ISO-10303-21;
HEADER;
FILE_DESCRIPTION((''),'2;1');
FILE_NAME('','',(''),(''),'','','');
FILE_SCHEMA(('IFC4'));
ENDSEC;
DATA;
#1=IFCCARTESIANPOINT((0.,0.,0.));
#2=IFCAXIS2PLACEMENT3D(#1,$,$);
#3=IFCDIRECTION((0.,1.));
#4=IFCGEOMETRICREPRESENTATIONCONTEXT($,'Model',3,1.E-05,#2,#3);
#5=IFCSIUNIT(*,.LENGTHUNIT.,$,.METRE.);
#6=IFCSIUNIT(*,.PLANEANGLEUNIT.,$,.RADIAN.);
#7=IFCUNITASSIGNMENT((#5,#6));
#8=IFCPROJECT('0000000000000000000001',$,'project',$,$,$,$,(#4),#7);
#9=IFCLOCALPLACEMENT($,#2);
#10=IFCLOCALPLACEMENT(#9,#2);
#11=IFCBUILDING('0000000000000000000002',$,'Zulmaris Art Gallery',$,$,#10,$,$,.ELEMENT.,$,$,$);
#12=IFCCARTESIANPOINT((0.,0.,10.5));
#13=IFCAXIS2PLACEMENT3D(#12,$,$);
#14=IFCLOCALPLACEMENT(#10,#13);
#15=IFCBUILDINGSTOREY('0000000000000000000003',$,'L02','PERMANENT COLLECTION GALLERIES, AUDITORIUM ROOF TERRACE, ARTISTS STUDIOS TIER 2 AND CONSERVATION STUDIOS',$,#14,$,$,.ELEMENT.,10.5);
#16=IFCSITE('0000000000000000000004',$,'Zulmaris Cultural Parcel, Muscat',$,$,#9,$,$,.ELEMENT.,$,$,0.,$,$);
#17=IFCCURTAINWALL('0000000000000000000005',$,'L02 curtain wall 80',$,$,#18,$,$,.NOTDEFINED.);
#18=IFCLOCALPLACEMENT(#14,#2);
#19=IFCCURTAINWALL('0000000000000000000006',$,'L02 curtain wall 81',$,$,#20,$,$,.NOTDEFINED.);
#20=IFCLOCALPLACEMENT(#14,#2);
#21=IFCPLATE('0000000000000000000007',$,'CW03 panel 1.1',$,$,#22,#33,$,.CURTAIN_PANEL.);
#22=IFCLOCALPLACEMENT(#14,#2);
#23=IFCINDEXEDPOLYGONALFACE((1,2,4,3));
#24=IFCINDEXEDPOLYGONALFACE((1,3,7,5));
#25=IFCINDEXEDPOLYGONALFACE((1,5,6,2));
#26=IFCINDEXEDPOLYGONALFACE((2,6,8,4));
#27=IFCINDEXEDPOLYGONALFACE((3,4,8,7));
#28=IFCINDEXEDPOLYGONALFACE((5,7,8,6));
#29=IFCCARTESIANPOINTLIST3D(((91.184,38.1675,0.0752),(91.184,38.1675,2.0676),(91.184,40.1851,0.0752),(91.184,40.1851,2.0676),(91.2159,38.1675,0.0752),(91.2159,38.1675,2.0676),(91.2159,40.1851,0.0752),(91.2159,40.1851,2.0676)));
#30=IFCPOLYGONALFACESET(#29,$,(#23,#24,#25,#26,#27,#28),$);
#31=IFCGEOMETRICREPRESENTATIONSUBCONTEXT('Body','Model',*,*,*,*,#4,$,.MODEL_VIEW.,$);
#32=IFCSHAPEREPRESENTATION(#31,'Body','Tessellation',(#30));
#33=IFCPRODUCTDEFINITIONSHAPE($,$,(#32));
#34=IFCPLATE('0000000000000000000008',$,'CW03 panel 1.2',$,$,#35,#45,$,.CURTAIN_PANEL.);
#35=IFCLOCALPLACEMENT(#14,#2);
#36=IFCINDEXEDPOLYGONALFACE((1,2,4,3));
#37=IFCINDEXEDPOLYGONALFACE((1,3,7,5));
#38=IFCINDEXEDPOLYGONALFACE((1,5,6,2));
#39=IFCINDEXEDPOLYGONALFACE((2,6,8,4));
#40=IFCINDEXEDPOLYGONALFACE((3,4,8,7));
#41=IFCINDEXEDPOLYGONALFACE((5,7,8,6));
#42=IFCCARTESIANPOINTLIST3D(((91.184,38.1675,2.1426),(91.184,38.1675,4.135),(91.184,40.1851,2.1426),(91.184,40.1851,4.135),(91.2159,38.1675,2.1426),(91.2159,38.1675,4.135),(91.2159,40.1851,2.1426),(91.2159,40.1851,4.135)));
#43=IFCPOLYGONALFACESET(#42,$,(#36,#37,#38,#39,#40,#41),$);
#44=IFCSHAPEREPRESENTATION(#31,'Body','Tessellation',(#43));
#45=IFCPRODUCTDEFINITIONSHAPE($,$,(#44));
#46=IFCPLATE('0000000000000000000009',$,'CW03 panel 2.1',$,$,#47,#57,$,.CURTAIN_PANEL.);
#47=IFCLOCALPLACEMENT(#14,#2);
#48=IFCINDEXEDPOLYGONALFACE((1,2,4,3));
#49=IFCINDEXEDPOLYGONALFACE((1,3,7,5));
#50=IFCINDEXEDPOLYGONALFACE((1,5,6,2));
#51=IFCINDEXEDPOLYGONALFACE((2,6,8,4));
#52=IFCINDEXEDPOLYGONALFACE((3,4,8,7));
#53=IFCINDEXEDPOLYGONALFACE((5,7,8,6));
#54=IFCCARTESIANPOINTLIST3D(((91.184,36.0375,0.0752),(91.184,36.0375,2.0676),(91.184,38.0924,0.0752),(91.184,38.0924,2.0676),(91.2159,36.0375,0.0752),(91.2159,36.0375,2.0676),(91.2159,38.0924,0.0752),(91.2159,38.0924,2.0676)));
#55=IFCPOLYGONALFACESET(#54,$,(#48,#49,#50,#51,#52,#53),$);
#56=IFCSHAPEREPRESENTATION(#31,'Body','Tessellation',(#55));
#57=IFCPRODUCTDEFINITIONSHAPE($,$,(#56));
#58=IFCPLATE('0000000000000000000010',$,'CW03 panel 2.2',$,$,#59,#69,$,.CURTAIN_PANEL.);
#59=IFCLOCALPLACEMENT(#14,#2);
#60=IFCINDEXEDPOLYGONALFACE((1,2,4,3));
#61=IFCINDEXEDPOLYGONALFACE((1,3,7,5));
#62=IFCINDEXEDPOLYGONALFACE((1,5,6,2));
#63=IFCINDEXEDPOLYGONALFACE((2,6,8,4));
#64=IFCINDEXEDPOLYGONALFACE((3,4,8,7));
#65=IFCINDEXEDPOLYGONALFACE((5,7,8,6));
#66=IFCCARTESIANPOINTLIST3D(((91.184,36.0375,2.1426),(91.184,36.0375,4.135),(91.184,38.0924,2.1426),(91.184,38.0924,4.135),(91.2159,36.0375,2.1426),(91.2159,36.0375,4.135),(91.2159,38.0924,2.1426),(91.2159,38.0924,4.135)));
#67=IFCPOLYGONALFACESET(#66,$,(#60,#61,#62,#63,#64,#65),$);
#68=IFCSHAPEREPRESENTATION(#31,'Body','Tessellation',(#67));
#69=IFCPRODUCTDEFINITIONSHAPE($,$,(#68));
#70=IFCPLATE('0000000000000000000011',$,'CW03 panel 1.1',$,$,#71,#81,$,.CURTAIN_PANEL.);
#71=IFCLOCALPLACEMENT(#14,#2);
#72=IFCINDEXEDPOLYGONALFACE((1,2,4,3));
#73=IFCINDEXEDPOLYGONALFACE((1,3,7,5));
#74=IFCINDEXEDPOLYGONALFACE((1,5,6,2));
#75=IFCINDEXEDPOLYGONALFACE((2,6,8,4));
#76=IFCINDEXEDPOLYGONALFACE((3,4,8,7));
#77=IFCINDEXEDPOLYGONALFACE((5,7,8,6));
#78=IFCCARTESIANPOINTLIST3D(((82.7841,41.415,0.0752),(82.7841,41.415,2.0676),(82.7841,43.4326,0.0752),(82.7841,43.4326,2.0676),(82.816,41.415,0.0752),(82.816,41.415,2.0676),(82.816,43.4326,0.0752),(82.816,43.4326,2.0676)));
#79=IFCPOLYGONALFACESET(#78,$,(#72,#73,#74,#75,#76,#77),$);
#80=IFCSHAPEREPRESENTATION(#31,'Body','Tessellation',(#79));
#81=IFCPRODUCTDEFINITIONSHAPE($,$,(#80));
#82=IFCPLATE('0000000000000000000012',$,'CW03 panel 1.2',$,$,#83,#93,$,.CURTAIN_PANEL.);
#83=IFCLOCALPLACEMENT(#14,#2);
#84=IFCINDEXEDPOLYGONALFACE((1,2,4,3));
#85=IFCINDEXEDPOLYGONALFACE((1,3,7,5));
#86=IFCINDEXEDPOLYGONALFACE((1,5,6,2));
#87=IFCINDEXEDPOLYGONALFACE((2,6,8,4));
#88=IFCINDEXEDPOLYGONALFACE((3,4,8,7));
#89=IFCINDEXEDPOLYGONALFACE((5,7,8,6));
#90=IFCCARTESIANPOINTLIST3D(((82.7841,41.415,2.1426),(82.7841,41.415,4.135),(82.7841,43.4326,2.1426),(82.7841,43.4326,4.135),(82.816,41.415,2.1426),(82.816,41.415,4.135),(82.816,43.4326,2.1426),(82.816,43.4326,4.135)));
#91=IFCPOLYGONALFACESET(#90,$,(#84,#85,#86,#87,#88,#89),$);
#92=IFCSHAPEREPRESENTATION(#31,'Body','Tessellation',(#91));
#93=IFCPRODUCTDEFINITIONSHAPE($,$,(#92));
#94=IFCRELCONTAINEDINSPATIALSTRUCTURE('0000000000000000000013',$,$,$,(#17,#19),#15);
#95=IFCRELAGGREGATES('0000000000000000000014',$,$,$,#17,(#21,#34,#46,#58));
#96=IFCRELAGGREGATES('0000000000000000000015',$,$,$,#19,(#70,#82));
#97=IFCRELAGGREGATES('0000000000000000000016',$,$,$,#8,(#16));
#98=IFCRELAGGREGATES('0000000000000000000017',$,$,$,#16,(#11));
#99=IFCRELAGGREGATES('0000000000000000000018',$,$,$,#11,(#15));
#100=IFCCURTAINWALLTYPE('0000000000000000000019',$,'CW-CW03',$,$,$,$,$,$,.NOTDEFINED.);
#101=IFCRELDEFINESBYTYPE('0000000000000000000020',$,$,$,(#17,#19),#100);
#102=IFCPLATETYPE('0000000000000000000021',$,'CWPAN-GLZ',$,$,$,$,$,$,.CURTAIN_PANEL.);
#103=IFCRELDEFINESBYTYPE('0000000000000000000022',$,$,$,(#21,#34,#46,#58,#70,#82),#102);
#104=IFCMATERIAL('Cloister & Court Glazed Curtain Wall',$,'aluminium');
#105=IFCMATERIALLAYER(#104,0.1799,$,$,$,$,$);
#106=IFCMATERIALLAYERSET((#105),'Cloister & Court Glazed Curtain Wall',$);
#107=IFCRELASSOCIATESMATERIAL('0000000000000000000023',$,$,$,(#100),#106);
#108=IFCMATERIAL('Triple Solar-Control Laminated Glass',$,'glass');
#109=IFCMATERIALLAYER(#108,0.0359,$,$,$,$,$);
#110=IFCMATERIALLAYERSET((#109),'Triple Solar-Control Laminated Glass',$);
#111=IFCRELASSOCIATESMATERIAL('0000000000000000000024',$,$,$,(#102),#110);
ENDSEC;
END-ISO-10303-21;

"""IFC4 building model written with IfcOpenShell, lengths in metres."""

from ifc_helpers import new_model, si_unit, direction, frame, origin, origin_2d, place, context, subcontext, project, spatial, rectangle, extrude, material, layer, layer_set, type_object, element, aggregate, save


model = new_model("IFC4")

# Units and contexts
model_context = context("Model", 3, precision=1e-05, world=origin(), true_north=direction((0.0, 1.0)))
body_context = subcontext(model_context, "Body", "Model", "MODEL_VIEW")
ifc_project = project(units=[si_unit("LENGTHUNIT", "METRE"), si_unit("PLANEANGLEUNIT", "RADIAN")], contexts=[model_context])

# Site, building, storey
site_placement = place(None, origin())
site = spatial("IfcSite", under=ifc_project, at=site_placement, Name="Zulmaris Cultural Parcel, Muscat", CompositionType="ELEMENT", RefElevation=0.0)
building_placement = place(site_placement, origin())
building = spatial("IfcBuilding", under=site, at=building_placement, Name="Zulmaris Art Gallery", CompositionType="ELEMENT")
storey_placement = place(building_placement, frame((0.0, 0.0, 10.5)))
storey = spatial("IfcBuildingStorey", under=building, at=storey_placement, Name="L02", Description="PERMANENT COLLECTION GALLERIES, AUDITORIUM ROOF TERRACE, ARTISTS STUDIOS TIER 2 AND CONSERVATION STUDIOS", CompositionType="ELEMENT", Elevation=10.5)

# Curtain wall
ifc_material_1 = material(Name="Cloister & Court Glazed Curtain Wall", Category="aluminium")
ifc_layer_1 = layer(ifc_material_1, 0.1799)
ifc_layer_set_1 = layer_set([ifc_layer_1], Name="Cloister & Court Glazed Curtain Wall")
curtain_wall_type = type_object("IfcCurtainWallType", Name="CW-CW03", PredefinedType="NOTDEFINED", material=ifc_layer_set_1)
curtain_wall_1_placement = place(storey_placement, origin())
curtain_wall_1 = element("IfcCurtainWall", 1, at=curtain_wall_1_placement, inside=storey, type_object=curtain_wall_type, Name="L02 curtain wall 80", PredefinedType="NOTDEFINED")

# Curtain wall
curtain_wall_2_placement = place(storey_placement, origin())
curtain_wall_2 = element("IfcCurtainWall", 2, at=curtain_wall_2_placement, inside=storey, type_object=curtain_wall_type, Name="L02 curtain wall 81", PredefinedType="NOTDEFINED")

# Plates
ifc_material_2 = material(Name="Triple Solar-Control Laminated Glass", Category="glass")
ifc_layer_2 = layer(ifc_material_2, 0.0359)
ifc_layer_set_2 = layer_set([ifc_layer_2], Name="Triple Solar-Control Laminated Glass")
plate_type = type_object("IfcPlateType", Name="CWPAN-GLZ", PredefinedType="CURTAIN_PANEL", material=ifc_layer_set_2)
plate_1_placement = place(storey_placement, frame((91.2, 39.1763, 0.0752), z_axis=(0.0, 0.0, 1.0), x_axis=(0.0, -1.0, 0.0)))
plate_1 = element("IfcPlate", 3, at=plate_1_placement, type_object=plate_type, Name="CW03 panel 1.1", PredefinedType="CURTAIN_PANEL", context=body_context, shape_type="SweptSolid", body=[
    extrude(rectangle(XDim=2.0176, YDim=0.032, at=origin_2d()), origin(), (0.0, 0.0, 1.0), 1.9924),
])
plate_2_placement = place(storey_placement, frame((91.2, 39.1763, 2.1426), z_axis=(0.0, 0.0, 1.0), x_axis=(0.0, -1.0, 0.0)))
plate_2 = element("IfcPlate", 4, at=plate_2_placement, type_object=plate_type, Name="CW03 panel 1.2", PredefinedType="CURTAIN_PANEL", context=body_context, shape_type="SweptSolid", body=[
    extrude(rectangle(XDim=2.0176, YDim=0.032, at=origin_2d()), origin(), (0.0, 0.0, 1.0), 1.9924),
])
plate_3_placement = place(storey_placement, frame((91.2, 37.0649, 0.0752), z_axis=(0.0, 0.0, 1.0), x_axis=(0.0, -1.0, 0.0)))
plate_3 = element("IfcPlate", 5, at=plate_3_placement, type_object=plate_type, Name="CW03 panel 2.1", PredefinedType="CURTAIN_PANEL", context=body_context, shape_type="SweptSolid", body=[
    extrude(rectangle(XDim=2.0549, YDim=0.032, at=origin_2d()), origin(), (0.0, 0.0, 1.0), 1.9924),
])
plate_4_placement = place(storey_placement, frame((91.2, 37.0649, 2.1426), z_axis=(0.0, 0.0, 1.0), x_axis=(0.0, -1.0, 0.0)))
plate_4 = element("IfcPlate", 6, at=plate_4_placement, type_object=plate_type, Name="CW03 panel 2.2", PredefinedType="CURTAIN_PANEL", context=body_context, shape_type="SweptSolid", body=[
    extrude(rectangle(XDim=2.0549, YDim=0.032, at=origin_2d()), origin(), (0.0, 0.0, 1.0), 1.9924),
])
aggregate(curtain_wall_1, [plate_1, plate_2, plate_3, plate_4])
plate_5_placement = place(storey_placement, frame((82.8, 42.4238, 0.0752), z_axis=(0.0, 0.0, 1.0), x_axis=(0.0, 1.0, 0.0)))
plate_5 = element("IfcPlate", 7, at=plate_5_placement, type_object=plate_type, Name="CW03 panel 1.1", PredefinedType="CURTAIN_PANEL", context=body_context, shape_type="SweptSolid", body=[
    extrude(rectangle(XDim=2.0176, YDim=0.032, at=origin_2d()), origin(), (0.0, 0.0, 1.0), 1.9924),
])
plate_6_placement = place(storey_placement, frame((82.8, 42.4238, 2.1426), z_axis=(0.0, 0.0, 1.0), x_axis=(0.0, 1.0, 0.0)))
plate_6 = element("IfcPlate", 8, at=plate_6_placement, type_object=plate_type, Name="CW03 panel 1.2", PredefinedType="CURTAIN_PANEL", context=body_context, shape_type="SweptSolid", body=[
    extrude(rectangle(XDim=2.0176, YDim=0.032, at=origin_2d()), origin(), (0.0, 0.0, 1.0), 1.9924),
])
aggregate(curtain_wall_2, [plate_5, plate_6])

save(model, "model.ifc")
